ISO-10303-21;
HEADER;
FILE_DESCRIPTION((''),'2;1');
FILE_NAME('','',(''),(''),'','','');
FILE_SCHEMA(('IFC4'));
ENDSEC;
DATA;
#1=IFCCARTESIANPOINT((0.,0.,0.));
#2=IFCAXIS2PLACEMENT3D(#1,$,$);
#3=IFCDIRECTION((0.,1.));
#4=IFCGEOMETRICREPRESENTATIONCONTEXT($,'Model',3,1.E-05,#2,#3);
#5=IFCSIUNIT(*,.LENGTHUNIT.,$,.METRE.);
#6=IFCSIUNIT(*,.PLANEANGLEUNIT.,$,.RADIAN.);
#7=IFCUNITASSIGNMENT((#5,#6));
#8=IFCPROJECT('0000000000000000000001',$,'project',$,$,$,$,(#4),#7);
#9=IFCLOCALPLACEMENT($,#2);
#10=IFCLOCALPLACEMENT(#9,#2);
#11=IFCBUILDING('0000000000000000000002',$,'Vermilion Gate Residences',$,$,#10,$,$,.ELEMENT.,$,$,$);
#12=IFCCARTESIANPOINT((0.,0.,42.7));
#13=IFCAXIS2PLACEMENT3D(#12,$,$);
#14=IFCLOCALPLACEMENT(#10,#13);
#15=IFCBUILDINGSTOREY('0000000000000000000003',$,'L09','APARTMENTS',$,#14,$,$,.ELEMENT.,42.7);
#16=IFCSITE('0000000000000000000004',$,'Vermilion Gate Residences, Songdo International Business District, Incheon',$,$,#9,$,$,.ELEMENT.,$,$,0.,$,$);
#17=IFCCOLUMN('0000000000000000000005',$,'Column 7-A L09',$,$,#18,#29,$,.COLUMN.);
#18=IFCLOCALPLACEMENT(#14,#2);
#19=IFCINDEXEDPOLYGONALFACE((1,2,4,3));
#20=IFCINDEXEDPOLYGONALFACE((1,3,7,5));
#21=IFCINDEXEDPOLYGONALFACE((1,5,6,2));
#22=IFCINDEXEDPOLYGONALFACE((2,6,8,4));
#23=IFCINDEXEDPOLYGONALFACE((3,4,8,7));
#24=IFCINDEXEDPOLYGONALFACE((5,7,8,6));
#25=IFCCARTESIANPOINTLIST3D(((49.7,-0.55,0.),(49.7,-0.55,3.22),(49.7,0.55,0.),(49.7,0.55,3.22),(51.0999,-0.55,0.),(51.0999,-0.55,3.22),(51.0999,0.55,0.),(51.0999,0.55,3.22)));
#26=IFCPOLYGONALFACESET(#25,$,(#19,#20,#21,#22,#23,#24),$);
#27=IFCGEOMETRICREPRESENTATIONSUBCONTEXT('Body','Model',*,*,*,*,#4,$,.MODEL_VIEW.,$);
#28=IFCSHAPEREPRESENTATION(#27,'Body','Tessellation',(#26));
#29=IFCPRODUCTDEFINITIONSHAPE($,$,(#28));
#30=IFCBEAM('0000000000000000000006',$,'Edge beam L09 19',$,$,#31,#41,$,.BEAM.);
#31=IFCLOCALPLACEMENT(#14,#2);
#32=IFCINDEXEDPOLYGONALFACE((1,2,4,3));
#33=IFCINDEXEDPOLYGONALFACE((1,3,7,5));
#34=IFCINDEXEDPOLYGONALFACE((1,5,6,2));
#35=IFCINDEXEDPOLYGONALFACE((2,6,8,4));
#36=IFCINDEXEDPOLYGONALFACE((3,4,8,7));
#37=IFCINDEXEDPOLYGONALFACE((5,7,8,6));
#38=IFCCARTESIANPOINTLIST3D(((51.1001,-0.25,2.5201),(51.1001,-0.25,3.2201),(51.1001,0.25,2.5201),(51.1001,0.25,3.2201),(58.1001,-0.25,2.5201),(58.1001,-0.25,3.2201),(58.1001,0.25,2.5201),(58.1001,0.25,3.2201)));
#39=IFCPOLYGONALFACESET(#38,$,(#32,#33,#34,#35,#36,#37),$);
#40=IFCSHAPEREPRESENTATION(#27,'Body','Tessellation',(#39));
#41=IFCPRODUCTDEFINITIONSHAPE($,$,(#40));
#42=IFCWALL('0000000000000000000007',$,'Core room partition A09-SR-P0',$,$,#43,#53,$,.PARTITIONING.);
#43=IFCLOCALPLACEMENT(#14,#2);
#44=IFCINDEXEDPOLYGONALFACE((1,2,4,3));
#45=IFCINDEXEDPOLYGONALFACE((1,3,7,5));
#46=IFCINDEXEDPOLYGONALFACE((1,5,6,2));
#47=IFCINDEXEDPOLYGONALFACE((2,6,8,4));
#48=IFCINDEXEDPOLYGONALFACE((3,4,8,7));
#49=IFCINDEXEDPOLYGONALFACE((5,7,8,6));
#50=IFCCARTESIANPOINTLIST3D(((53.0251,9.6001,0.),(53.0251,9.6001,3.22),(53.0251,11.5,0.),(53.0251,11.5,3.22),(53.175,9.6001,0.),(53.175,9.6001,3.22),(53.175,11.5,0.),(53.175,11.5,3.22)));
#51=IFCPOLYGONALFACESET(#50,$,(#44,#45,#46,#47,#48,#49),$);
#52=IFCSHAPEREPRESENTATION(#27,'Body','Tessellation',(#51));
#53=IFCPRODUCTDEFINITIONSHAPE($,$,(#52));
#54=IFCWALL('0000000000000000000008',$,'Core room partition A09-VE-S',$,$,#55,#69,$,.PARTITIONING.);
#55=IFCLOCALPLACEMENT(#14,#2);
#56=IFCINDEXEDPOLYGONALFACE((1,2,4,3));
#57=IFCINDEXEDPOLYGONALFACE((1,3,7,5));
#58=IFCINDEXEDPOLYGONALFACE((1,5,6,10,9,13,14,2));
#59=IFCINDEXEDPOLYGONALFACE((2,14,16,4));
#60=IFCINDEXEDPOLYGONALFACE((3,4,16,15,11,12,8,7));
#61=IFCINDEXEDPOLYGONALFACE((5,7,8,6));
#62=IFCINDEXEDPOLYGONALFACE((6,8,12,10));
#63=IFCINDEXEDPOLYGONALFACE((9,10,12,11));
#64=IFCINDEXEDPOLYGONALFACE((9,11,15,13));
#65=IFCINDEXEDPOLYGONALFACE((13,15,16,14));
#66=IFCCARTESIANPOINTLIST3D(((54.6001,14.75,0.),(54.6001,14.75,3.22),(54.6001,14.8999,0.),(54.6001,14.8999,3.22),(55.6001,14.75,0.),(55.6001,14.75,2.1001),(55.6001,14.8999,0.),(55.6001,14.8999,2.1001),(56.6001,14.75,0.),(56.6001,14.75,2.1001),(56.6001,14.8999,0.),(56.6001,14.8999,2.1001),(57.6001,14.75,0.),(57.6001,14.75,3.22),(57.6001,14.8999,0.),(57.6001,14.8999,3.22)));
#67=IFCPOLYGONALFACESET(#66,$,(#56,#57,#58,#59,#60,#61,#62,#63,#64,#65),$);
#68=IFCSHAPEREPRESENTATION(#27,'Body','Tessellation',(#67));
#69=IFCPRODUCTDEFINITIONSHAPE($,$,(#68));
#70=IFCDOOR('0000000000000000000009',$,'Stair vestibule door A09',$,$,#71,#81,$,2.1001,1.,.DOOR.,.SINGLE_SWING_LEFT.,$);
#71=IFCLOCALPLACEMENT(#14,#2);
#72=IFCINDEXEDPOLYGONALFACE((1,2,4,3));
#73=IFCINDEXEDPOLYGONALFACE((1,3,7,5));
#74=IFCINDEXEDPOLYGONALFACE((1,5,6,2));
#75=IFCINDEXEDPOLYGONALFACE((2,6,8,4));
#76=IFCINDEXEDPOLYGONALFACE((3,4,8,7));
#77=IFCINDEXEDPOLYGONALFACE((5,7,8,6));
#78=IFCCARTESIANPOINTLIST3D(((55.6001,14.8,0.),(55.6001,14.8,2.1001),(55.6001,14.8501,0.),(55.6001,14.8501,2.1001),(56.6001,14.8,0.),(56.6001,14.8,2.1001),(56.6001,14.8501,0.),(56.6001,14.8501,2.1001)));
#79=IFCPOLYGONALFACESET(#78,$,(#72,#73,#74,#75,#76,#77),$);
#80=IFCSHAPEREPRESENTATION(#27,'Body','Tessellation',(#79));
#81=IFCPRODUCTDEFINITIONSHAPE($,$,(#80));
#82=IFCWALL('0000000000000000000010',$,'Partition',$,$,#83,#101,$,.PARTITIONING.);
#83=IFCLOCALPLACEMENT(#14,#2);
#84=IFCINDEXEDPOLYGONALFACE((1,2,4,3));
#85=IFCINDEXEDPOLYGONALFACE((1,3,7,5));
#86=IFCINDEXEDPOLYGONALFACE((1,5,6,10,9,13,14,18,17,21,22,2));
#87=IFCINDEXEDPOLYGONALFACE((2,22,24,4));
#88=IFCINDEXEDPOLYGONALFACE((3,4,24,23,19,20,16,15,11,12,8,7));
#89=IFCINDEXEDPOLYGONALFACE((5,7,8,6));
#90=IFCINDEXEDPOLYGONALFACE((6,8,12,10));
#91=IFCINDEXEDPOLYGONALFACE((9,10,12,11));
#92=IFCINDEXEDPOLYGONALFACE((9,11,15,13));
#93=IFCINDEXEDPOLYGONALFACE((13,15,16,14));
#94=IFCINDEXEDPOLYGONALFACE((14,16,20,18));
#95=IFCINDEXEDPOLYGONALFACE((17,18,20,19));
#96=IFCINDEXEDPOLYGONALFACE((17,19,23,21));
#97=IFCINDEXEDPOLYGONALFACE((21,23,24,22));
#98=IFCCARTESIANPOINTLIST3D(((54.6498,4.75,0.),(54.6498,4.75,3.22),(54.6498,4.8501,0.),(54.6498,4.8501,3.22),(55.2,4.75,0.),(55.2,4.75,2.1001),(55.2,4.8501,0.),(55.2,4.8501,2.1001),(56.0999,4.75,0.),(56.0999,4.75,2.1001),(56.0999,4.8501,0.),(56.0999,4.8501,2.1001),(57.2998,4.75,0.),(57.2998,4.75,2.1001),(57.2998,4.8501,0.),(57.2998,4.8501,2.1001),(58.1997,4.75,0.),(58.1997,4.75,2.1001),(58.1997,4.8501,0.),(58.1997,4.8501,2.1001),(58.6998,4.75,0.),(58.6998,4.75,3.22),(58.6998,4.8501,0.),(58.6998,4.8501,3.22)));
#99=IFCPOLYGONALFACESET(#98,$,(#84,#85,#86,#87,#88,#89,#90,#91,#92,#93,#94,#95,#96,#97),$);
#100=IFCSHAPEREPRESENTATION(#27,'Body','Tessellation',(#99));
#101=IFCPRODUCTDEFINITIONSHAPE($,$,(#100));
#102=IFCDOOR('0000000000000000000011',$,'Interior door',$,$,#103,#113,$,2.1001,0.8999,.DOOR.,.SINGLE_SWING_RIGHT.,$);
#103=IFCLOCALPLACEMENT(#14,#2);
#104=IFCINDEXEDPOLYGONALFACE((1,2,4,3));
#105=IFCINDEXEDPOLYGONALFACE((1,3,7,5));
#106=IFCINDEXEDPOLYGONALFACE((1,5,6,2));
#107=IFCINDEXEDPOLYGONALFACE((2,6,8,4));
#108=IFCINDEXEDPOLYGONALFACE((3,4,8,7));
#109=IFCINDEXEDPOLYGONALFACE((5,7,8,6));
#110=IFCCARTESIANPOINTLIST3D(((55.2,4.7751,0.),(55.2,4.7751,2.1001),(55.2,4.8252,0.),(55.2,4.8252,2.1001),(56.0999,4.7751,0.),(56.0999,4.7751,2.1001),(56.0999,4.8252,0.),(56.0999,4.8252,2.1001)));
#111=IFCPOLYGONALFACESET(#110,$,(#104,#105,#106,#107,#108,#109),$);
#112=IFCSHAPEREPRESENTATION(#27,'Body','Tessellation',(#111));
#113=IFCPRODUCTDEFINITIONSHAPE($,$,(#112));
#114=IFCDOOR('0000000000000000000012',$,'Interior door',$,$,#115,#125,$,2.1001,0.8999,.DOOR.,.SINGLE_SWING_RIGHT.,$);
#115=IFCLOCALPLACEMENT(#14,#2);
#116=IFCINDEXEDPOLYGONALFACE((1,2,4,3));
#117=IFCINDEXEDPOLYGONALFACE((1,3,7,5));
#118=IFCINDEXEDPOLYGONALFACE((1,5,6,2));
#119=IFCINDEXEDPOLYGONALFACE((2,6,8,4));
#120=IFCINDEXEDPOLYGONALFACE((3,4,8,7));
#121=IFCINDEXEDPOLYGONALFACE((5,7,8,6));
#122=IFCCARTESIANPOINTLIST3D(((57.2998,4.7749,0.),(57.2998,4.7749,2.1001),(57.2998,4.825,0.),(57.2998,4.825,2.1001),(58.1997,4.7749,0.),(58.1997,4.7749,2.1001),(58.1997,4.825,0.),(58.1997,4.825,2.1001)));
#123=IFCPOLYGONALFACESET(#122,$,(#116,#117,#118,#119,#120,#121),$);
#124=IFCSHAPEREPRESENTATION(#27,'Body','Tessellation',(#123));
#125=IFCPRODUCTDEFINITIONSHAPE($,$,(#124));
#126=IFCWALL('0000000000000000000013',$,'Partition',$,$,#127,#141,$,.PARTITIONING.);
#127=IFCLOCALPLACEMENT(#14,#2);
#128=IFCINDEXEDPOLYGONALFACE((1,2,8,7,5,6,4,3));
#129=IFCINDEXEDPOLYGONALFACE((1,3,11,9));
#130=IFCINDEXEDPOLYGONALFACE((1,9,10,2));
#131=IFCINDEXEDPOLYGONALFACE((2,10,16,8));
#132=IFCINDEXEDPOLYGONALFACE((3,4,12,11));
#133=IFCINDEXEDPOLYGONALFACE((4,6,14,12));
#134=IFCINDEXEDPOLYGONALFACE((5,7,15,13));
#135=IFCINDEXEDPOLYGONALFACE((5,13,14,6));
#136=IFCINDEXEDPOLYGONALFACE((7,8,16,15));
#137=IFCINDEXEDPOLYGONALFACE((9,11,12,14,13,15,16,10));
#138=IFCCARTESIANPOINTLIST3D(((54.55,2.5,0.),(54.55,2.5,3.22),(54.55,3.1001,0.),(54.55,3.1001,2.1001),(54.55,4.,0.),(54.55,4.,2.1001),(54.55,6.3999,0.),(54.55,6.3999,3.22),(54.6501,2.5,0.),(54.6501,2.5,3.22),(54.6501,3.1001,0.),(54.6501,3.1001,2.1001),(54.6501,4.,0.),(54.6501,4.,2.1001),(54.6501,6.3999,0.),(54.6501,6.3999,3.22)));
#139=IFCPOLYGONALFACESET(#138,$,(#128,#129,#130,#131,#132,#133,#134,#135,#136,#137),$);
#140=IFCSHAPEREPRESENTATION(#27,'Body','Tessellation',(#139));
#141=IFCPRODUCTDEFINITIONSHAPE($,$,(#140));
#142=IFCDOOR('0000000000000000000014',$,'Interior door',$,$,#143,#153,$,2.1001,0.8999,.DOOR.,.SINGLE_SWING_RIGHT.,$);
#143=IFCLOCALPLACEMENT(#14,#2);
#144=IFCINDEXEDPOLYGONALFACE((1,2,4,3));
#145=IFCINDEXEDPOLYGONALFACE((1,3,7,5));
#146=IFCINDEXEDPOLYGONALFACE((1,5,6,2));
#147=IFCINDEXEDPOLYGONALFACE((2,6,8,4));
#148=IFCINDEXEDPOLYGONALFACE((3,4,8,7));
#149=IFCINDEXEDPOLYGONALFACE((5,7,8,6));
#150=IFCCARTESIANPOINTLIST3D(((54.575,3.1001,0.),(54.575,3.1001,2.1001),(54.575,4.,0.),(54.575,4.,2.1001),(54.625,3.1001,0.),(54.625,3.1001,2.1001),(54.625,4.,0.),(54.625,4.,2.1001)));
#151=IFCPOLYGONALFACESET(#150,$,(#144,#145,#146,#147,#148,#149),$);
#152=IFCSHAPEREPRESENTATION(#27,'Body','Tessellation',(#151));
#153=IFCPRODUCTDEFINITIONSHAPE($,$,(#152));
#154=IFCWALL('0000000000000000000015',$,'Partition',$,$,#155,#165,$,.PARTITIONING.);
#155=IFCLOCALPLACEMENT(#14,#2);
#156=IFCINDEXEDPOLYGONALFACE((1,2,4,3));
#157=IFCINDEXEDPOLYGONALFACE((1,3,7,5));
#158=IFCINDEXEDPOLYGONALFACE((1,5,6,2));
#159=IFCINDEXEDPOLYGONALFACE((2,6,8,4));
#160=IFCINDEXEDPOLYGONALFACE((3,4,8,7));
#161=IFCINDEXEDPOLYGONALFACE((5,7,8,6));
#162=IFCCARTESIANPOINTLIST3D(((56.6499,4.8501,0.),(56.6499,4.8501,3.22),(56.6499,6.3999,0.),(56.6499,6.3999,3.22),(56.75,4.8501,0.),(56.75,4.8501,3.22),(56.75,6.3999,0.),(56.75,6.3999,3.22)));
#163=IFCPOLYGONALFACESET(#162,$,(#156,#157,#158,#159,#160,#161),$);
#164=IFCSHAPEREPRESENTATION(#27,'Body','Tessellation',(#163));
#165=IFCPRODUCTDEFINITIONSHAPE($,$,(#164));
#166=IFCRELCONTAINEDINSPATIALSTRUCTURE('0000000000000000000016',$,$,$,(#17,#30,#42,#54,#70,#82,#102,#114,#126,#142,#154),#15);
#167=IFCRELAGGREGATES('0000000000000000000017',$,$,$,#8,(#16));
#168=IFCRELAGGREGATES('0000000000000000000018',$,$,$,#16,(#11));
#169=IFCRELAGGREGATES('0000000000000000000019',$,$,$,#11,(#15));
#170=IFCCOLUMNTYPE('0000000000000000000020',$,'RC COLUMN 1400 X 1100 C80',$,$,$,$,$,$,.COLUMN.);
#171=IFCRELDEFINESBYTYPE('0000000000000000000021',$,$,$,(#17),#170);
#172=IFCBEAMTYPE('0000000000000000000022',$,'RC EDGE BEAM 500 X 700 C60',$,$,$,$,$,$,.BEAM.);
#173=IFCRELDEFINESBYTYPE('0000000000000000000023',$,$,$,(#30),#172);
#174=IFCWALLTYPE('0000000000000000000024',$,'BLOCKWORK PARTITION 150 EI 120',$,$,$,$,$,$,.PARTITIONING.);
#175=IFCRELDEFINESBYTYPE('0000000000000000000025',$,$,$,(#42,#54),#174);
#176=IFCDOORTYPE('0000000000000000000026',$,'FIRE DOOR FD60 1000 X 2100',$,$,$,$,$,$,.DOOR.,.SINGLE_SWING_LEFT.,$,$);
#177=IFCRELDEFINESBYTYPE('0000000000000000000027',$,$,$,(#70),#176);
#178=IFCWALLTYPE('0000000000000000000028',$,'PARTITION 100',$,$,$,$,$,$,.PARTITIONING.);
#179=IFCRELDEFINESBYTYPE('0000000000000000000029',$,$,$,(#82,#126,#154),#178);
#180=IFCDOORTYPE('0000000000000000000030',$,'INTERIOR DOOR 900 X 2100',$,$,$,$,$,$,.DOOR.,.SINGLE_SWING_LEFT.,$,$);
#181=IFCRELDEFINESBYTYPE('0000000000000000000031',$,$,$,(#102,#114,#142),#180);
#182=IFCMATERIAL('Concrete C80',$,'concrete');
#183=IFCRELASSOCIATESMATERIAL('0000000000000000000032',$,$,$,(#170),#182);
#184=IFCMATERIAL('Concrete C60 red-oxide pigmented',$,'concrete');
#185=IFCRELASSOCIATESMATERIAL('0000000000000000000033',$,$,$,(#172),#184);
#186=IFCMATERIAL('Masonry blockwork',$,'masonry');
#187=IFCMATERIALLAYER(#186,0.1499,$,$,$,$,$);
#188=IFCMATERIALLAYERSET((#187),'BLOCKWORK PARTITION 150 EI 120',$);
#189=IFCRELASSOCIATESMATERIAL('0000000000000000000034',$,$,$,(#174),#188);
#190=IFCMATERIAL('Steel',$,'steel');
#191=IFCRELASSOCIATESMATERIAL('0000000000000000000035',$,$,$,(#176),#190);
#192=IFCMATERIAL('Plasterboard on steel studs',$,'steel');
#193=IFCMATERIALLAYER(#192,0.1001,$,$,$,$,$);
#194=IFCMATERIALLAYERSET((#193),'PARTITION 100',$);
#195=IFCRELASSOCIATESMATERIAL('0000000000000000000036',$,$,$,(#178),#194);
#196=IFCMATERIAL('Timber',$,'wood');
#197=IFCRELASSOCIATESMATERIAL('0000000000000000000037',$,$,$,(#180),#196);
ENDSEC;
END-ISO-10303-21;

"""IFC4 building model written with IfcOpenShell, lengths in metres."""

from ifc_helpers import new_model, si_unit, direction, frame, frame_2d, origin, origin_2d, place, context, subcontext, project, spatial, rectangle, extrude, material, layer, layer_set, material_profile, profile_set, type_object, element, fill, save


model = new_model("IFC4")

# Units and contexts
model_context = context("Model", 3, precision=1e-05, world=origin(), true_north=direction((0.0, 1.0)))
body_context = subcontext(model_context, "Body", "Model", "MODEL_VIEW")
ifc_project = project(units=[si_unit("LENGTHUNIT", "METRE"), si_unit("PLANEANGLEUNIT", "RADIAN")], contexts=[model_context])

# Site, building, storey
site_placement = place(None, origin())
site = spatial("IfcSite", under=ifc_project, at=site_placement, Name="Vermilion Gate Residences, Songdo International Business District, Incheon", CompositionType="ELEMENT", RefElevation=0.0)
building_placement = place(site_placement, origin())
building = spatial("IfcBuilding", under=site, at=building_placement, Name="Vermilion Gate Residences", CompositionType="ELEMENT")
storey_placement = place(building_placement, frame((0.0, 0.0, 42.7)))
storey = spatial("IfcBuildingStorey", under=building, at=storey_placement, Name="L09", Description="APARTMENTS", CompositionType="ELEMENT", Elevation=42.7)

# Column
ifc_material_1 = material(Name="Concrete C80", Category="concrete")
ifc_material_profile_1 = material_profile(ifc_material_1, rectangle(XDim=1.3999, YDim=1.1001, at=origin_2d()), Name="RC-1400x1100")
ifc_profile_set_1 = profile_set([ifc_material_profile_1], Name="Concrete C80")
column_type = type_object("IfcColumnType", Name="RC COLUMN 1400 X 1100 C80", PredefinedType="COLUMN", material=ifc_profile_set_1)
column_placement = place(storey_placement, frame((50.3999, 0.0, 0.0), z_axis=(0.0, 0.0, 1.0), x_axis=(1.0, 0.0, 0.0)))
element("IfcColumn", 1, at=column_placement, inside=storey, type_object=column_type, Name="Column 7-A L09", PredefinedType="COLUMN", context=body_context, shape_type="SweptSolid", body=[
    extrude(rectangle(XDim=1.3999, YDim=1.1001, at=origin_2d()), origin(), (0.0, 0.0, 1.0), 3.22),
])

# Beam
ifc_material_2 = material(Name="Concrete C60 red-oxide pigmented", Category="concrete")
ifc_material_profile_2 = material_profile(ifc_material_2, rectangle(XDim=0.5, YDim=0.7, at=origin_2d()), Name="RC-500x700")
ifc_profile_set_2 = profile_set([ifc_material_profile_2], Name="Concrete C60 red-oxide pigmented")
beam_type = type_object("IfcBeamType", Name="RC EDGE BEAM 500 X 700 C60", PredefinedType="BEAM", material=ifc_profile_set_2)
beam_placement = place(storey_placement, frame((51.1001, 0.0, 2.8701), z_axis=(1.0, 0.0, 0.0), x_axis=(0.0, 1.0, 0.0)))
element("IfcBeam", 2, at=beam_placement, inside=storey, type_object=beam_type, Name="Edge beam L09 19", PredefinedType="BEAM", context=body_context, shape_type="SweptSolid", body=[
    extrude(rectangle(XDim=0.5, YDim=0.7, at=origin_2d()), origin(), (0.0, 0.0, 1.0), 7.0),
])

# Wall
ifc_material_3 = material(Name="Masonry blockwork", Category="masonry")
ifc_layer_1 = layer(ifc_material_3, 0.1499)
ifc_layer_set_1 = layer_set([ifc_layer_1], Name="BLOCKWORK PARTITION 150 EI 120")
wall_type_1 = type_object("IfcWallType", Name="BLOCKWORK PARTITION 150 EI 120", PredefinedType="PARTITIONING", material=ifc_layer_set_1)
wall_1_placement = place(storey_placement, frame((53.1001, 9.6001, 0.0), z_axis=(0.0, 0.0, 1.0), x_axis=(0.0, 1.0, 0.0)))
element("IfcWall", 3, at=wall_1_placement, inside=storey, type_object=wall_type_1, Name="Core room partition A09-SR-P0", PredefinedType="PARTITIONING", context=body_context, shape_type="SweptSolid", body=[
    extrude(rectangle(XDim=1.8999, YDim=0.1499, at=frame_2d((0.95, 0.0))), origin(), (0.0, 0.0, 1.0), 3.22),
])

# Wall, opening, door
wall_2_placement = place(storey_placement, frame((54.6001, 14.825, 0.0), z_axis=(0.0, 0.0, 1.0), x_axis=(1.0, 0.0, 0.0)))
wall_2 = element("IfcWall", 4, at=wall_2_placement, inside=storey, type_object=wall_type_1, Name="Core room partition A09-VE-S", PredefinedType="PARTITIONING", context=body_context, shape_type="SweptSolid", body=[
    extrude(rectangle(XDim=3.0, YDim=0.1499, at=frame_2d((1.5, 0.0))), origin(), (0.0, 0.0, 1.0), 3.22),
])
opening_1_placement = place(wall_2_placement, frame((1.0, 0.0, 0.0)))
opening_1 = element("IfcOpeningElement", 5, at=opening_1_placement, cuts=wall_2, PredefinedType="OPENING", context=body_context, shape_type="SweptSolid", body=[
    extrude(rectangle(XDim=1.0, YDim=2.1001, at=frame_2d((0.5, 1.05))), frame((0.0, 0.085, 0.0), z_axis=(0.0, -1.0, 0.0), x_axis=(1.0, 0.0, 0.0)), (0.0, 0.0, 1.0), 0.1699),
])
ifc_material_4 = material(Name="Steel", Category="steel")
door_type_1 = type_object("IfcDoorType", Name="FIRE DOOR FD60 1000 X 2100", OperationType="SINGLE_SWING_LEFT", PredefinedType="DOOR", material=ifc_material_4)
door_1_placement = place(opening_1_placement, frame((1.0, 0.0, 0.0), z_axis=(0.0, 0.0, 1.0), x_axis=(-1.0, 0.0, 0.0)))
door_1 = element("IfcDoor", 6, at=door_1_placement, inside=storey, type_object=door_type_1, Name="Stair vestibule door A09", OperationType="SINGLE_SWING_LEFT", OverallHeight=2.1001, OverallWidth=1.0, PredefinedType="DOOR", context=body_context, shape_type="SweptSolid", body=[
    extrude(rectangle(XDim=1.0, YDim=2.1001, at=frame_2d((0.5, 1.05))), frame((0.0, 0.0249, 0.0), z_axis=(0.0, -1.0, 0.0), x_axis=(1.0, 0.0, 0.0)), (0.0, 0.0, 1.0), 0.05),
])
fill(opening_1, door_1)

# Wall, openings, doors
ifc_material_5 = material(Name="Plasterboard on steel studs", Category="steel")
ifc_layer_2 = layer(ifc_material_5, 0.1001)
ifc_layer_set_2 = layer_set([ifc_layer_2], Name="PARTITION 100")
wall_type_2 = type_object("IfcWallType", Name="PARTITION 100", PredefinedType="PARTITIONING", material=ifc_layer_set_2)
wall_3_placement = place(storey_placement, frame((54.6499, 4.8, 0.0), z_axis=(0.0, 0.0, 1.0), x_axis=(1.0, 0.0, 0.0)))
wall_3 = element("IfcWall", 7, at=wall_3_placement, inside=storey, type_object=wall_type_2, Name="Partition", PredefinedType="PARTITIONING", context=body_context, shape_type="SweptSolid", body=[
    extrude(rectangle(XDim=4.05, YDim=0.1001, at=frame_2d((2.0249, 0.0))), origin(), (0.0, 0.0, 1.0), 3.22),
])
opening_2_placement = place(wall_3_placement, frame((0.55, 0.0, 0.0)))
opening_2 = element("IfcOpeningElement", 8, at=opening_2_placement, cuts=wall_3, PredefinedType="OPENING", context=body_context, shape_type="SweptSolid", body=[
    extrude(rectangle(XDim=0.8999, YDim=2.1001, at=frame_2d((0.45, 1.05))), frame((0.0, 0.0601, 0.0), z_axis=(0.0, -1.0, 0.0), x_axis=(1.0, 0.0, 0.0)), (0.0, 0.0, 1.0), 0.1201),
])
opening_3_placement = place(wall_3_placement, frame((2.6499, 0.0, 0.0)))
opening_3 = element("IfcOpeningElement", 9, at=opening_3_placement, cuts=wall_3, PredefinedType="OPENING", context=body_context, shape_type="SweptSolid", body=[
    extrude(rectangle(XDim=0.8999, YDim=2.1001, at=frame_2d((0.45, 1.05))), frame((0.0, 0.0601, 0.0), z_axis=(0.0, -1.0, 0.0), x_axis=(1.0, 0.0, 0.0)), (0.0, 0.0, 1.0), 0.1201),
])
ifc_material_6 = material(Name="Timber", Category="wood")
door_type_2 = type_object("IfcDoorType", Name="INTERIOR DOOR 900 X 2100", OperationType="SINGLE_SWING_LEFT", PredefinedType="DOOR", material=ifc_material_6)
door_2_placement = place(opening_2_placement, frame((0.8999, 0.0, 0.0), z_axis=(0.0, 0.0, 1.0), x_axis=(-1.0, 0.0, 0.0)))
door_2 = element("IfcDoor", 10, at=door_2_placement, inside=storey, type_object=door_type_2, Name="Interior door", OperationType="SINGLE_SWING_RIGHT", OverallHeight=2.1001, OverallWidth=0.8999, PredefinedType="DOOR", context=body_context, shape_type="SweptSolid", body=[
    extrude(rectangle(XDim=0.8999, YDim=2.1001, at=frame_2d((0.45, 1.05))), frame((0.0, 0.0249, 0.0), z_axis=(0.0, -1.0, 0.0), x_axis=(1.0, 0.0, 0.0)), (0.0, 0.0, 1.0), 0.05),
])
fill(opening_2, door_2)
door_3_placement = place(opening_3_placement, origin())
door_3 = element("IfcDoor", 11, at=door_3_placement, inside=storey, type_object=door_type_2, Name="Interior door", OperationType="SINGLE_SWING_RIGHT", OverallHeight=2.1001, OverallWidth=0.8999, PredefinedType="DOOR", context=body_context, shape_type="SweptSolid", body=[
    extrude(rectangle(XDim=0.8999, YDim=2.1001, at=frame_2d((0.45, 1.05))), frame((0.0, 0.0249, 0.0), z_axis=(0.0, -1.0, 0.0), x_axis=(1.0, 0.0, 0.0)), (0.0, 0.0, 1.0), 0.05),
])
fill(opening_3, door_3)

# Wall, opening, door
wall_4_placement = place(storey_placement, frame((54.6001, 2.5, 0.0), z_axis=(0.0, 0.0, 1.0), x_axis=(0.0, 1.0, 0.0)))
wall_4 = element("IfcWall", 12, at=wall_4_placement, inside=storey, type_object=wall_type_2, Name="Partition", PredefinedType="PARTITIONING", context=body_context, shape_type="SweptSolid", body=[
    extrude(rectangle(XDim=3.8999, YDim=0.1001, at=frame_2d((1.95, 0.0))), origin(), (0.0, 0.0, 1.0), 3.22),
])
opening_4_placement = place(wall_4_placement, frame((0.6001, 0.0, 0.0)))
opening_4 = element("IfcOpeningElement", 13, at=opening_4_placement, cuts=wall_4, PredefinedType="OPENING", context=body_context, shape_type="SweptSolid", body=[
    extrude(rectangle(XDim=0.8999, YDim=2.1001, at=frame_2d((0.45, 1.05))), frame((0.0, 0.0601, 0.0), z_axis=(0.0, -1.0, 0.0), x_axis=(1.0, 0.0, 0.0)), (0.0, 0.0, 1.0), 0.1201),
])
door_4_placement = place(opening_4_placement, frame((0.8999, 0.0, 0.0), z_axis=(0.0, 0.0, 1.0), x_axis=(-1.0, 0.0, 0.0)))
door_4 = element("IfcDoor", 14, at=door_4_placement, inside=storey, type_object=door_type_2, Name="Interior door", OperationType="SINGLE_SWING_RIGHT", OverallHeight=2.1001, OverallWidth=0.8999, PredefinedType="DOOR", context=body_context, shape_type="SweptSolid", body=[
    extrude(rectangle(XDim=0.8999, YDim=2.1001, at=frame_2d((0.45, 1.05))), frame((0.0, 0.0249, 0.0), z_axis=(0.0, -1.0, 0.0), x_axis=(1.0, 0.0, 0.0)), (0.0, 0.0, 1.0), 0.05),
])
fill(opening_4, door_4)

# Wall
wall_5_placement = place(storey_placement, frame((56.7, 4.8501, 0.0), z_axis=(0.0, 0.0, 1.0), x_axis=(0.0, 1.0, 0.0)))
element("IfcWall", 15, at=wall_5_placement, inside=storey, type_object=wall_type_2, Name="Partition", PredefinedType="PARTITIONING", context=body_context, shape_type="SweptSolid", body=[
    extrude(rectangle(XDim=1.5498, YDim=0.1001, at=frame_2d((0.7749, 0.0))), origin(), (0.0, 0.0, 1.0), 3.22),
])

save(model, "model.ifc")
